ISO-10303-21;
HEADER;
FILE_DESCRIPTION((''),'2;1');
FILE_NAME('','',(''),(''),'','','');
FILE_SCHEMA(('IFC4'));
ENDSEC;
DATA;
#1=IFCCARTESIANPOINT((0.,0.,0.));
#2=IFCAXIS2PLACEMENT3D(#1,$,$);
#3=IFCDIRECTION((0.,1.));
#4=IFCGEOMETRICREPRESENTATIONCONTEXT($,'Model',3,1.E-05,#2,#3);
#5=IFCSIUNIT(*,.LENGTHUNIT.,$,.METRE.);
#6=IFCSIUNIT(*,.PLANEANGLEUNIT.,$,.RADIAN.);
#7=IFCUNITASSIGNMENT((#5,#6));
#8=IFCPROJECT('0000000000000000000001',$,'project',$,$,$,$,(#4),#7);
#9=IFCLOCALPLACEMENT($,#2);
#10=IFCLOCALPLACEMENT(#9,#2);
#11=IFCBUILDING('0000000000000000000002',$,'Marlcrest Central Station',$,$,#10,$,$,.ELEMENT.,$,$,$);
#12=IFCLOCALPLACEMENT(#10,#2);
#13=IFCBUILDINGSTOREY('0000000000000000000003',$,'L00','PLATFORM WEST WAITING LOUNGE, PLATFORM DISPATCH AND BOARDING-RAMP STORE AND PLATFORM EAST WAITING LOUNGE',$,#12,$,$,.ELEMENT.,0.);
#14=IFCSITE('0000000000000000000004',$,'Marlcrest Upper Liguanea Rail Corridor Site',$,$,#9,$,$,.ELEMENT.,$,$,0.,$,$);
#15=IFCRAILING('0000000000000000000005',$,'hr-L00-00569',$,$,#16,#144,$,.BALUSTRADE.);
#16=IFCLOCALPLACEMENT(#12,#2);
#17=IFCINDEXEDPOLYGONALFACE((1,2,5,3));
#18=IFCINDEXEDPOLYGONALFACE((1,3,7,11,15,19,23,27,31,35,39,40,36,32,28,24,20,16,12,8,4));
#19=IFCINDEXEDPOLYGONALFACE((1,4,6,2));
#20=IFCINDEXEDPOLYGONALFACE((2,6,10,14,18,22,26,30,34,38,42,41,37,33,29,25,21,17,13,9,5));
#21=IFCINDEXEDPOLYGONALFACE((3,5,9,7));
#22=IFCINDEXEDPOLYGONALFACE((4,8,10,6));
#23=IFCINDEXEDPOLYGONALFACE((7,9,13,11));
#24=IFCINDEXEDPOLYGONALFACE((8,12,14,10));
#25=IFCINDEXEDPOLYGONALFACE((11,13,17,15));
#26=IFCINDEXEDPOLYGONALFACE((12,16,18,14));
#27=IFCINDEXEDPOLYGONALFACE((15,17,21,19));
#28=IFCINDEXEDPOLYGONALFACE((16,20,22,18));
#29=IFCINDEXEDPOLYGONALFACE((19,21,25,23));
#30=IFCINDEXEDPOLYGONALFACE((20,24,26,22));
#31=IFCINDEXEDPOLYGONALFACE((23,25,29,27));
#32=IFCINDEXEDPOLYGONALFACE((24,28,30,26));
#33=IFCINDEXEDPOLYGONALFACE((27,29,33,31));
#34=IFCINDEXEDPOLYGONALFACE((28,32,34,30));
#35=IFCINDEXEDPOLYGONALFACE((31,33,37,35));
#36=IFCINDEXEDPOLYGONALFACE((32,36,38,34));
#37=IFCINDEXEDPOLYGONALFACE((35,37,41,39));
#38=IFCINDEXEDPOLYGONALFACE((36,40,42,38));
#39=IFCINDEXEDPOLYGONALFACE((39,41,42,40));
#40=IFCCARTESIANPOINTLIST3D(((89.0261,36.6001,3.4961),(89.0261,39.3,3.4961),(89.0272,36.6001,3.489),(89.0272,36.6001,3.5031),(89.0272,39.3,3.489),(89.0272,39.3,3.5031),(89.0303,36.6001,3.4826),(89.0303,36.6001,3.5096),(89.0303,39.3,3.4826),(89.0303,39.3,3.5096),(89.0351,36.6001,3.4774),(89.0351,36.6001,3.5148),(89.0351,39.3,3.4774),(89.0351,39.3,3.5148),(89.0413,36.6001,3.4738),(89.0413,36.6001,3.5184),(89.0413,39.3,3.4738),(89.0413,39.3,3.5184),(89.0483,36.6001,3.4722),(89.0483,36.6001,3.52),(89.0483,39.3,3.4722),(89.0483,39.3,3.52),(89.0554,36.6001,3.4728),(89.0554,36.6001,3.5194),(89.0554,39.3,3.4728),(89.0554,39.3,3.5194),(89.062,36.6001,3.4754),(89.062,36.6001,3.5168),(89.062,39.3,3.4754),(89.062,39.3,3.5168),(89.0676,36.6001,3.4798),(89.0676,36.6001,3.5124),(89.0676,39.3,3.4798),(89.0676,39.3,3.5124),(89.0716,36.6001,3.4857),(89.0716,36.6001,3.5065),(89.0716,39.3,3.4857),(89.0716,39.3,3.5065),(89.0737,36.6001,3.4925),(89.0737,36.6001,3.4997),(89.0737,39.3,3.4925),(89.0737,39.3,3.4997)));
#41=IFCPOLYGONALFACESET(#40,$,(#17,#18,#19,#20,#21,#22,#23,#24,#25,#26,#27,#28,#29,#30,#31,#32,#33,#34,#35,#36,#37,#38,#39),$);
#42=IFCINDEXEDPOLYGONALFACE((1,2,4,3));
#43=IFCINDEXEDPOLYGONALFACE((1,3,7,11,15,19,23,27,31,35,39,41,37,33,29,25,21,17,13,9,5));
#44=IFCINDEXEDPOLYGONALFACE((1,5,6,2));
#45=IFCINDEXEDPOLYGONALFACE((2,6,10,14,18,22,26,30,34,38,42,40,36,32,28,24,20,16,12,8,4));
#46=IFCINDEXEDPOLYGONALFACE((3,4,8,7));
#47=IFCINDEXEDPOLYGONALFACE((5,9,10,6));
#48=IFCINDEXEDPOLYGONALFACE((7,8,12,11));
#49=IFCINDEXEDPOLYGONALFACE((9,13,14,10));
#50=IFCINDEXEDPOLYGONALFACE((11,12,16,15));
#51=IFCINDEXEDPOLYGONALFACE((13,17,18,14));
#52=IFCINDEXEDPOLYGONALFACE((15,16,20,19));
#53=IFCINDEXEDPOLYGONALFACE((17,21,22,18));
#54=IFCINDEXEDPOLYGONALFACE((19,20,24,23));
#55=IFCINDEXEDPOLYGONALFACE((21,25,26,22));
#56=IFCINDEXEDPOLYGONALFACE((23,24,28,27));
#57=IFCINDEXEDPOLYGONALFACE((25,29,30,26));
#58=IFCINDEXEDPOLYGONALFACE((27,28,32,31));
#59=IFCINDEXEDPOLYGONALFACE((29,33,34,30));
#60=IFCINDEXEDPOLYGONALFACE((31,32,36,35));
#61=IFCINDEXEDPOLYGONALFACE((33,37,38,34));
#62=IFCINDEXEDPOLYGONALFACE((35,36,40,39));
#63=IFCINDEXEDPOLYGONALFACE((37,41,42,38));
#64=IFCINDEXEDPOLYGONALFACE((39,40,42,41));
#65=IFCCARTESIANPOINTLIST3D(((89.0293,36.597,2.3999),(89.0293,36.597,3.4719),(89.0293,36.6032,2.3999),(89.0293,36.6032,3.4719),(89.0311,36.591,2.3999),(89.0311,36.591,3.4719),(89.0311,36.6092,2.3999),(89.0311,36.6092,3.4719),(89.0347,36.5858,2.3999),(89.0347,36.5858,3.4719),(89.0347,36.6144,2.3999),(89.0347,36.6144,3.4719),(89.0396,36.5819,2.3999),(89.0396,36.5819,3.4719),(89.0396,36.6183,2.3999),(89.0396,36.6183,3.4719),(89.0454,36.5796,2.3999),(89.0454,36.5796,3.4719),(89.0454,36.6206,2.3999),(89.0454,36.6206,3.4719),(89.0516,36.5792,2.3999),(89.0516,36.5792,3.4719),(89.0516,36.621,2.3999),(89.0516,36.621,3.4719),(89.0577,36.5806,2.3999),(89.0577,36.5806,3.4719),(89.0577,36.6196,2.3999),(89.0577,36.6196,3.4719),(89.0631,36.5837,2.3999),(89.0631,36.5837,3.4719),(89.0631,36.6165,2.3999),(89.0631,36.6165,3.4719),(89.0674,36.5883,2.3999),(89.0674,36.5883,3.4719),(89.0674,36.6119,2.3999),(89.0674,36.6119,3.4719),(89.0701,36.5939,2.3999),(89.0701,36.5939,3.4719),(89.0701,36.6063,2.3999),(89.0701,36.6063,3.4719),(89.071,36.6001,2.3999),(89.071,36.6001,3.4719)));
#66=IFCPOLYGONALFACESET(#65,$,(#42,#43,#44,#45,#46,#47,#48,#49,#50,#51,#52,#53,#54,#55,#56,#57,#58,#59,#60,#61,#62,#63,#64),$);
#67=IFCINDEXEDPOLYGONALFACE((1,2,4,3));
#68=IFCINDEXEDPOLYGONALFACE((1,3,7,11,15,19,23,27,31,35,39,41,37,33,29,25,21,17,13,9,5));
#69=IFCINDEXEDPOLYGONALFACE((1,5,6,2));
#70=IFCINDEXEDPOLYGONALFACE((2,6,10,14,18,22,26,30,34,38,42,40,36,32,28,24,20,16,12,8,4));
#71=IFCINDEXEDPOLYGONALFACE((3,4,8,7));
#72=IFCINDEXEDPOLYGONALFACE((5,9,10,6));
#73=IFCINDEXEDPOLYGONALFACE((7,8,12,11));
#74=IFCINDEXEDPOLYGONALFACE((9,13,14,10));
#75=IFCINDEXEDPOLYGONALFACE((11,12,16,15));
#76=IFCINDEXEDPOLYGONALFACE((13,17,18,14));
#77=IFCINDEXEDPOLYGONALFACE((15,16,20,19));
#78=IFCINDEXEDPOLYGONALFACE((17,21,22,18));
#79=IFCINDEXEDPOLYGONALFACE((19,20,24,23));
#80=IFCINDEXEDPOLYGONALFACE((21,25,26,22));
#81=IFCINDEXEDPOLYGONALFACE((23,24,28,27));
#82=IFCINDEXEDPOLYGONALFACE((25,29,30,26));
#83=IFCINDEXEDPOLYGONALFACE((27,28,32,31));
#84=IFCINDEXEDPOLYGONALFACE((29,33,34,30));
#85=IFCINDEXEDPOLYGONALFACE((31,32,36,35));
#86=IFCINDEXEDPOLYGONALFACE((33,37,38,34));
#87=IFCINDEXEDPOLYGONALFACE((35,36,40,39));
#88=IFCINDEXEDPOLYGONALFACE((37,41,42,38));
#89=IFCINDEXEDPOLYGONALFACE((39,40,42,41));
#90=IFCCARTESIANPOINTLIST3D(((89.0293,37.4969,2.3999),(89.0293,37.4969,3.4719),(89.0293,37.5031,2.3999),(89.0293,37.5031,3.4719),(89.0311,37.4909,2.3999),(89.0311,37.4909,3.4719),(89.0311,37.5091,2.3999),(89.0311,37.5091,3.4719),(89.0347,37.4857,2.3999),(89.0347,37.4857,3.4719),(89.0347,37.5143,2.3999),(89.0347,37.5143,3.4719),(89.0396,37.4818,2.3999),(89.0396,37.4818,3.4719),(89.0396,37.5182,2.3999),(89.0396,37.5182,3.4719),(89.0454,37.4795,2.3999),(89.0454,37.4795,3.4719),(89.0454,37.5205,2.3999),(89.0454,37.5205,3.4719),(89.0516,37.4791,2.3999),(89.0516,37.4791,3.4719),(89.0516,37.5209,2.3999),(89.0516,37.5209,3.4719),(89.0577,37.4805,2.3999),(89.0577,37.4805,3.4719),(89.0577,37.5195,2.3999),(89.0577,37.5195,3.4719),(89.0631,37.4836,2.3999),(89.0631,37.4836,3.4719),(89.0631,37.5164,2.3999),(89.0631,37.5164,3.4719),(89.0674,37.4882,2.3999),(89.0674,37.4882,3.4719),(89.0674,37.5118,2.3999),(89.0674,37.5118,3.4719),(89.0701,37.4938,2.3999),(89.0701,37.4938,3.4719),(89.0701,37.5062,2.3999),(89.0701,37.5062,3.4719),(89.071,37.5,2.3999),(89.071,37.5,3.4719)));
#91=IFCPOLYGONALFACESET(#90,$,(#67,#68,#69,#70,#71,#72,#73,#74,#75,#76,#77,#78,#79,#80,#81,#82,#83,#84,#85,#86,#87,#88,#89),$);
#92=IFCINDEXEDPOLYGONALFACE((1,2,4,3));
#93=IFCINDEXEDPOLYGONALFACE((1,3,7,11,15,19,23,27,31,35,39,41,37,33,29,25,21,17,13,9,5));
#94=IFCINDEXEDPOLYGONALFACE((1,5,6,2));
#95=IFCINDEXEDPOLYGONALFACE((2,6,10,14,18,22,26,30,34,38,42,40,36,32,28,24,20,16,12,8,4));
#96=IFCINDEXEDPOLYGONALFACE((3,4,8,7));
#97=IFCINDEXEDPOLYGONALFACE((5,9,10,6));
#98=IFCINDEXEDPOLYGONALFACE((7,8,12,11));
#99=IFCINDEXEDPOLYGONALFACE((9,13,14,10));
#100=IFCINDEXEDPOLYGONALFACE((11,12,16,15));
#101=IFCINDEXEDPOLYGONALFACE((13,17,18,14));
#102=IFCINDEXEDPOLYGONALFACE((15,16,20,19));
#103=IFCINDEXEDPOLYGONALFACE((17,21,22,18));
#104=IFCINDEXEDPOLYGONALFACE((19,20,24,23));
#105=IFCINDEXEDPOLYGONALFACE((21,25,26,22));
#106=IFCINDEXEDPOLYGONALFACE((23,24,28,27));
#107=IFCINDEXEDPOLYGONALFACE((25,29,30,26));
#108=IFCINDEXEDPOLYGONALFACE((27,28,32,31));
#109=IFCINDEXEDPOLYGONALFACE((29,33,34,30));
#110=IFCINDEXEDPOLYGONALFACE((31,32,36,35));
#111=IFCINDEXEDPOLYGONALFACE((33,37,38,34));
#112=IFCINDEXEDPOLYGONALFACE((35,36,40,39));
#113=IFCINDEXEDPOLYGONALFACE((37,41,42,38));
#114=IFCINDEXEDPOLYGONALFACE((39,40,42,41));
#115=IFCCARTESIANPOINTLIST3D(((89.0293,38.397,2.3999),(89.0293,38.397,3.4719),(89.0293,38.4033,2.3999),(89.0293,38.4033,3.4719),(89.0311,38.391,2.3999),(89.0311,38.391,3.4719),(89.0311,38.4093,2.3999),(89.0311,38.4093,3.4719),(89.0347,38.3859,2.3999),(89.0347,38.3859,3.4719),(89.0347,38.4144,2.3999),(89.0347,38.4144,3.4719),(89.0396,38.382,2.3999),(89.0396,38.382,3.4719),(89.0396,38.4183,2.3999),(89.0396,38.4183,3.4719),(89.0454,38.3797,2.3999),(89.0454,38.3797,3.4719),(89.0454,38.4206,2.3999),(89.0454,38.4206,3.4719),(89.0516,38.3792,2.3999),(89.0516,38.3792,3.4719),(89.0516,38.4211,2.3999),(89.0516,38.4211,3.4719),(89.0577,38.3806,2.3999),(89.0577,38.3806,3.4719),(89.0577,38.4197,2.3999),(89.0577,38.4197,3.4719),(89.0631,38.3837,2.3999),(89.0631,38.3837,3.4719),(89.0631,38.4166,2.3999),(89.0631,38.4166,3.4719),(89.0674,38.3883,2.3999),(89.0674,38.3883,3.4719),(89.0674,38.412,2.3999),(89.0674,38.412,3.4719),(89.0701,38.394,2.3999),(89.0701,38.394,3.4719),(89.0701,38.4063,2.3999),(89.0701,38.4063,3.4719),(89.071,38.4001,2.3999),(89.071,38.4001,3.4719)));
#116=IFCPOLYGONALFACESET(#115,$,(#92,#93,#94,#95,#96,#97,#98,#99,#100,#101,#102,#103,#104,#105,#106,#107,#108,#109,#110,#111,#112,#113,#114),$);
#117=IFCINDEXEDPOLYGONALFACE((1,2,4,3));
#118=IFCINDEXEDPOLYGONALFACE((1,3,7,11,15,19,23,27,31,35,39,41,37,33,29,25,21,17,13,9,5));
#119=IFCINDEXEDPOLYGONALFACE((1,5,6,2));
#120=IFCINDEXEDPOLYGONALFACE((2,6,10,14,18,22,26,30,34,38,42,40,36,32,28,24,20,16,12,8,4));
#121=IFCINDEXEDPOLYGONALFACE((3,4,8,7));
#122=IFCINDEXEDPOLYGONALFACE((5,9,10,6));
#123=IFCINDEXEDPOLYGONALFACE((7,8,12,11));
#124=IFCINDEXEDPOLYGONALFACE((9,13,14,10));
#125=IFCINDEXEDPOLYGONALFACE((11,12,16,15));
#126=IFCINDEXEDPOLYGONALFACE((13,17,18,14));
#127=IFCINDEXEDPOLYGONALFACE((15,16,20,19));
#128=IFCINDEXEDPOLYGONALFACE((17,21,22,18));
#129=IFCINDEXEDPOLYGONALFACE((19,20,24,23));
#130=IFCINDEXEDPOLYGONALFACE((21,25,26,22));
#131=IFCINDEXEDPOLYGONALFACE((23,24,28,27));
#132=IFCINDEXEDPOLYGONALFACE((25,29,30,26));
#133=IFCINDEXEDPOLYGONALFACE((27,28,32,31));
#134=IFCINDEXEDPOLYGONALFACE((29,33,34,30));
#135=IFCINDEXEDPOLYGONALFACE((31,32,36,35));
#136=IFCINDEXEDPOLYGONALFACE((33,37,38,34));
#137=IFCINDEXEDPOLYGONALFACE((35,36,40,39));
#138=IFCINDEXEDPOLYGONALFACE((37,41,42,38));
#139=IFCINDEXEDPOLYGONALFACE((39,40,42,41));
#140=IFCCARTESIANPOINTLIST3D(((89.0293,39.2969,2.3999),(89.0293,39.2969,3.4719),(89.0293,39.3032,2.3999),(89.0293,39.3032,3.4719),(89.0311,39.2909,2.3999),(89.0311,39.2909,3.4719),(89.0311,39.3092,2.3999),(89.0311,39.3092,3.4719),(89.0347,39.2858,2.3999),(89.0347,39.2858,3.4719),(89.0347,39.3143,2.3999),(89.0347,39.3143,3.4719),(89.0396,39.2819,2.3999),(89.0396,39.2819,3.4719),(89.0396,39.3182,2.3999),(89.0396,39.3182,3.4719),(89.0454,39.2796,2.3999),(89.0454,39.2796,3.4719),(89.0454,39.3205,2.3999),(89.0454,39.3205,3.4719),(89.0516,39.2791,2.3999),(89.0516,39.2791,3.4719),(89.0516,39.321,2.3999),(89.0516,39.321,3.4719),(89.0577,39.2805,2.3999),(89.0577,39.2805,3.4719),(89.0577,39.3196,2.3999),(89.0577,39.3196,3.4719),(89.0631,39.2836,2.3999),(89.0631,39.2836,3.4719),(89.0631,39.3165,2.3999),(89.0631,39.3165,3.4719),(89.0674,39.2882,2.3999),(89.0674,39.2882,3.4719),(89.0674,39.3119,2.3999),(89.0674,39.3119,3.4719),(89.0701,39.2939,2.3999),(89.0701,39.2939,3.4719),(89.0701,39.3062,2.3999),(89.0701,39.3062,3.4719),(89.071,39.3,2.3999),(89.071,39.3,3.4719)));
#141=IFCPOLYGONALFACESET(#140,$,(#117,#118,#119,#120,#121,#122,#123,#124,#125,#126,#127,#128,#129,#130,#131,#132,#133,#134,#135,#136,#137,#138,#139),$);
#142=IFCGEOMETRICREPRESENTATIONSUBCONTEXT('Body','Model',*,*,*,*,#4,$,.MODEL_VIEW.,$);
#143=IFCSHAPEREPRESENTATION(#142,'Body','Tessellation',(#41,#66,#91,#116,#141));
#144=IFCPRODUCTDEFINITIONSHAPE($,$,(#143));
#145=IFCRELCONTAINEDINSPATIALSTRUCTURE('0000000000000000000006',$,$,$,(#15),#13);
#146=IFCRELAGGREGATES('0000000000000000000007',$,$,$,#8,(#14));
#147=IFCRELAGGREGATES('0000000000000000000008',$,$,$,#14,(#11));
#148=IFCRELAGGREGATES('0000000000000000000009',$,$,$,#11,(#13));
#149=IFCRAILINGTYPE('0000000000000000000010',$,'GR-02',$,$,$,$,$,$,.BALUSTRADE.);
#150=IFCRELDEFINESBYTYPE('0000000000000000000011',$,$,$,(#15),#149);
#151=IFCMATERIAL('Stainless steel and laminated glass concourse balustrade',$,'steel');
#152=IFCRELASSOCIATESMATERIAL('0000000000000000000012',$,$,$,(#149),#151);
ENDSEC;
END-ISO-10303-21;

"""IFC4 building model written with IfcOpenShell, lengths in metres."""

from ifc_helpers import new_model, si_unit, direction, frame, origin, origin_2d, place, context, subcontext, project, spatial, circle, extrude, material, type_object, element, save


model = new_model("IFC4")

# Units and contexts
model_context = context("Model", 3, precision=1e-05, world=origin(), true_north=direction((0.0, 1.0)))
body_context = subcontext(model_context, "Body", "Model", "MODEL_VIEW")
ifc_project = project(units=[si_unit("LENGTHUNIT", "METRE"), si_unit("PLANEANGLEUNIT", "RADIAN")], contexts=[model_context])

# Site, building, storey
site_placement = place(None, origin())
site = spatial("IfcSite", under=ifc_project, at=site_placement, Name="Marlcrest Upper Liguanea Rail Corridor Site", CompositionType="ELEMENT", RefElevation=0.0)
building_placement = place(site_placement, origin())
building = spatial("IfcBuilding", under=site, at=building_placement, Name="Marlcrest Central Station", CompositionType="ELEMENT")
storey_placement = place(building_placement, origin())
storey = spatial("IfcBuildingStorey", under=building, at=storey_placement, Name="L00", Description="PLATFORM WEST WAITING LOUNGE, PLATFORM DISPATCH AND BOARDING-RAMP STORE AND PLATFORM EAST WAITING LOUNGE", CompositionType="ELEMENT", Elevation=0.0)

# Railing
ifc_material_1 = material(Name="Stainless steel and laminated glass concourse balustrade", Category="steel")
railing_type = type_object("IfcRailingType", Name="GR-02", PredefinedType="BALUSTRADE", material=ifc_material_1)
railing_1_placement = place(storey_placement, frame((89.05, 36.6001, 2.3999)))
element("IfcRailing", 1, at=railing_1_placement, inside=storey, type_object=railing_type, Name="hr-L00-00569", PredefinedType="BALUSTRADE", context=body_context, shape_type="SweptSolid", body=[
    extrude(circle(Radius=0.0239, at=origin_2d()), frame((0.0, 0.0, 1.0962), z_axis=(0.0, 1.0, 0.0), x_axis=(-1.0, 0.0, 0.0)), (0.0, 0.0, 1.0), 2.7),
    extrude(circle(Radius=0.021, at=origin_2d()), origin(), (0.0, 0.0, 1.0), 1.072),
    extrude(circle(Radius=0.021, at=origin_2d()), frame((0.0, 0.8999, 0.0)), (0.0, 0.0, 1.0), 1.072),
    extrude(circle(Radius=0.021, at=origin_2d()), frame((0.0, 1.8, 0.0)), (0.0, 0.0, 1.0), 1.072),
    extrude(circle(Radius=0.021, at=origin_2d()), frame((0.0, 2.7, 0.0)), (0.0, 0.0, 1.0), 1.072),
])

save(model, "model.ifc")
